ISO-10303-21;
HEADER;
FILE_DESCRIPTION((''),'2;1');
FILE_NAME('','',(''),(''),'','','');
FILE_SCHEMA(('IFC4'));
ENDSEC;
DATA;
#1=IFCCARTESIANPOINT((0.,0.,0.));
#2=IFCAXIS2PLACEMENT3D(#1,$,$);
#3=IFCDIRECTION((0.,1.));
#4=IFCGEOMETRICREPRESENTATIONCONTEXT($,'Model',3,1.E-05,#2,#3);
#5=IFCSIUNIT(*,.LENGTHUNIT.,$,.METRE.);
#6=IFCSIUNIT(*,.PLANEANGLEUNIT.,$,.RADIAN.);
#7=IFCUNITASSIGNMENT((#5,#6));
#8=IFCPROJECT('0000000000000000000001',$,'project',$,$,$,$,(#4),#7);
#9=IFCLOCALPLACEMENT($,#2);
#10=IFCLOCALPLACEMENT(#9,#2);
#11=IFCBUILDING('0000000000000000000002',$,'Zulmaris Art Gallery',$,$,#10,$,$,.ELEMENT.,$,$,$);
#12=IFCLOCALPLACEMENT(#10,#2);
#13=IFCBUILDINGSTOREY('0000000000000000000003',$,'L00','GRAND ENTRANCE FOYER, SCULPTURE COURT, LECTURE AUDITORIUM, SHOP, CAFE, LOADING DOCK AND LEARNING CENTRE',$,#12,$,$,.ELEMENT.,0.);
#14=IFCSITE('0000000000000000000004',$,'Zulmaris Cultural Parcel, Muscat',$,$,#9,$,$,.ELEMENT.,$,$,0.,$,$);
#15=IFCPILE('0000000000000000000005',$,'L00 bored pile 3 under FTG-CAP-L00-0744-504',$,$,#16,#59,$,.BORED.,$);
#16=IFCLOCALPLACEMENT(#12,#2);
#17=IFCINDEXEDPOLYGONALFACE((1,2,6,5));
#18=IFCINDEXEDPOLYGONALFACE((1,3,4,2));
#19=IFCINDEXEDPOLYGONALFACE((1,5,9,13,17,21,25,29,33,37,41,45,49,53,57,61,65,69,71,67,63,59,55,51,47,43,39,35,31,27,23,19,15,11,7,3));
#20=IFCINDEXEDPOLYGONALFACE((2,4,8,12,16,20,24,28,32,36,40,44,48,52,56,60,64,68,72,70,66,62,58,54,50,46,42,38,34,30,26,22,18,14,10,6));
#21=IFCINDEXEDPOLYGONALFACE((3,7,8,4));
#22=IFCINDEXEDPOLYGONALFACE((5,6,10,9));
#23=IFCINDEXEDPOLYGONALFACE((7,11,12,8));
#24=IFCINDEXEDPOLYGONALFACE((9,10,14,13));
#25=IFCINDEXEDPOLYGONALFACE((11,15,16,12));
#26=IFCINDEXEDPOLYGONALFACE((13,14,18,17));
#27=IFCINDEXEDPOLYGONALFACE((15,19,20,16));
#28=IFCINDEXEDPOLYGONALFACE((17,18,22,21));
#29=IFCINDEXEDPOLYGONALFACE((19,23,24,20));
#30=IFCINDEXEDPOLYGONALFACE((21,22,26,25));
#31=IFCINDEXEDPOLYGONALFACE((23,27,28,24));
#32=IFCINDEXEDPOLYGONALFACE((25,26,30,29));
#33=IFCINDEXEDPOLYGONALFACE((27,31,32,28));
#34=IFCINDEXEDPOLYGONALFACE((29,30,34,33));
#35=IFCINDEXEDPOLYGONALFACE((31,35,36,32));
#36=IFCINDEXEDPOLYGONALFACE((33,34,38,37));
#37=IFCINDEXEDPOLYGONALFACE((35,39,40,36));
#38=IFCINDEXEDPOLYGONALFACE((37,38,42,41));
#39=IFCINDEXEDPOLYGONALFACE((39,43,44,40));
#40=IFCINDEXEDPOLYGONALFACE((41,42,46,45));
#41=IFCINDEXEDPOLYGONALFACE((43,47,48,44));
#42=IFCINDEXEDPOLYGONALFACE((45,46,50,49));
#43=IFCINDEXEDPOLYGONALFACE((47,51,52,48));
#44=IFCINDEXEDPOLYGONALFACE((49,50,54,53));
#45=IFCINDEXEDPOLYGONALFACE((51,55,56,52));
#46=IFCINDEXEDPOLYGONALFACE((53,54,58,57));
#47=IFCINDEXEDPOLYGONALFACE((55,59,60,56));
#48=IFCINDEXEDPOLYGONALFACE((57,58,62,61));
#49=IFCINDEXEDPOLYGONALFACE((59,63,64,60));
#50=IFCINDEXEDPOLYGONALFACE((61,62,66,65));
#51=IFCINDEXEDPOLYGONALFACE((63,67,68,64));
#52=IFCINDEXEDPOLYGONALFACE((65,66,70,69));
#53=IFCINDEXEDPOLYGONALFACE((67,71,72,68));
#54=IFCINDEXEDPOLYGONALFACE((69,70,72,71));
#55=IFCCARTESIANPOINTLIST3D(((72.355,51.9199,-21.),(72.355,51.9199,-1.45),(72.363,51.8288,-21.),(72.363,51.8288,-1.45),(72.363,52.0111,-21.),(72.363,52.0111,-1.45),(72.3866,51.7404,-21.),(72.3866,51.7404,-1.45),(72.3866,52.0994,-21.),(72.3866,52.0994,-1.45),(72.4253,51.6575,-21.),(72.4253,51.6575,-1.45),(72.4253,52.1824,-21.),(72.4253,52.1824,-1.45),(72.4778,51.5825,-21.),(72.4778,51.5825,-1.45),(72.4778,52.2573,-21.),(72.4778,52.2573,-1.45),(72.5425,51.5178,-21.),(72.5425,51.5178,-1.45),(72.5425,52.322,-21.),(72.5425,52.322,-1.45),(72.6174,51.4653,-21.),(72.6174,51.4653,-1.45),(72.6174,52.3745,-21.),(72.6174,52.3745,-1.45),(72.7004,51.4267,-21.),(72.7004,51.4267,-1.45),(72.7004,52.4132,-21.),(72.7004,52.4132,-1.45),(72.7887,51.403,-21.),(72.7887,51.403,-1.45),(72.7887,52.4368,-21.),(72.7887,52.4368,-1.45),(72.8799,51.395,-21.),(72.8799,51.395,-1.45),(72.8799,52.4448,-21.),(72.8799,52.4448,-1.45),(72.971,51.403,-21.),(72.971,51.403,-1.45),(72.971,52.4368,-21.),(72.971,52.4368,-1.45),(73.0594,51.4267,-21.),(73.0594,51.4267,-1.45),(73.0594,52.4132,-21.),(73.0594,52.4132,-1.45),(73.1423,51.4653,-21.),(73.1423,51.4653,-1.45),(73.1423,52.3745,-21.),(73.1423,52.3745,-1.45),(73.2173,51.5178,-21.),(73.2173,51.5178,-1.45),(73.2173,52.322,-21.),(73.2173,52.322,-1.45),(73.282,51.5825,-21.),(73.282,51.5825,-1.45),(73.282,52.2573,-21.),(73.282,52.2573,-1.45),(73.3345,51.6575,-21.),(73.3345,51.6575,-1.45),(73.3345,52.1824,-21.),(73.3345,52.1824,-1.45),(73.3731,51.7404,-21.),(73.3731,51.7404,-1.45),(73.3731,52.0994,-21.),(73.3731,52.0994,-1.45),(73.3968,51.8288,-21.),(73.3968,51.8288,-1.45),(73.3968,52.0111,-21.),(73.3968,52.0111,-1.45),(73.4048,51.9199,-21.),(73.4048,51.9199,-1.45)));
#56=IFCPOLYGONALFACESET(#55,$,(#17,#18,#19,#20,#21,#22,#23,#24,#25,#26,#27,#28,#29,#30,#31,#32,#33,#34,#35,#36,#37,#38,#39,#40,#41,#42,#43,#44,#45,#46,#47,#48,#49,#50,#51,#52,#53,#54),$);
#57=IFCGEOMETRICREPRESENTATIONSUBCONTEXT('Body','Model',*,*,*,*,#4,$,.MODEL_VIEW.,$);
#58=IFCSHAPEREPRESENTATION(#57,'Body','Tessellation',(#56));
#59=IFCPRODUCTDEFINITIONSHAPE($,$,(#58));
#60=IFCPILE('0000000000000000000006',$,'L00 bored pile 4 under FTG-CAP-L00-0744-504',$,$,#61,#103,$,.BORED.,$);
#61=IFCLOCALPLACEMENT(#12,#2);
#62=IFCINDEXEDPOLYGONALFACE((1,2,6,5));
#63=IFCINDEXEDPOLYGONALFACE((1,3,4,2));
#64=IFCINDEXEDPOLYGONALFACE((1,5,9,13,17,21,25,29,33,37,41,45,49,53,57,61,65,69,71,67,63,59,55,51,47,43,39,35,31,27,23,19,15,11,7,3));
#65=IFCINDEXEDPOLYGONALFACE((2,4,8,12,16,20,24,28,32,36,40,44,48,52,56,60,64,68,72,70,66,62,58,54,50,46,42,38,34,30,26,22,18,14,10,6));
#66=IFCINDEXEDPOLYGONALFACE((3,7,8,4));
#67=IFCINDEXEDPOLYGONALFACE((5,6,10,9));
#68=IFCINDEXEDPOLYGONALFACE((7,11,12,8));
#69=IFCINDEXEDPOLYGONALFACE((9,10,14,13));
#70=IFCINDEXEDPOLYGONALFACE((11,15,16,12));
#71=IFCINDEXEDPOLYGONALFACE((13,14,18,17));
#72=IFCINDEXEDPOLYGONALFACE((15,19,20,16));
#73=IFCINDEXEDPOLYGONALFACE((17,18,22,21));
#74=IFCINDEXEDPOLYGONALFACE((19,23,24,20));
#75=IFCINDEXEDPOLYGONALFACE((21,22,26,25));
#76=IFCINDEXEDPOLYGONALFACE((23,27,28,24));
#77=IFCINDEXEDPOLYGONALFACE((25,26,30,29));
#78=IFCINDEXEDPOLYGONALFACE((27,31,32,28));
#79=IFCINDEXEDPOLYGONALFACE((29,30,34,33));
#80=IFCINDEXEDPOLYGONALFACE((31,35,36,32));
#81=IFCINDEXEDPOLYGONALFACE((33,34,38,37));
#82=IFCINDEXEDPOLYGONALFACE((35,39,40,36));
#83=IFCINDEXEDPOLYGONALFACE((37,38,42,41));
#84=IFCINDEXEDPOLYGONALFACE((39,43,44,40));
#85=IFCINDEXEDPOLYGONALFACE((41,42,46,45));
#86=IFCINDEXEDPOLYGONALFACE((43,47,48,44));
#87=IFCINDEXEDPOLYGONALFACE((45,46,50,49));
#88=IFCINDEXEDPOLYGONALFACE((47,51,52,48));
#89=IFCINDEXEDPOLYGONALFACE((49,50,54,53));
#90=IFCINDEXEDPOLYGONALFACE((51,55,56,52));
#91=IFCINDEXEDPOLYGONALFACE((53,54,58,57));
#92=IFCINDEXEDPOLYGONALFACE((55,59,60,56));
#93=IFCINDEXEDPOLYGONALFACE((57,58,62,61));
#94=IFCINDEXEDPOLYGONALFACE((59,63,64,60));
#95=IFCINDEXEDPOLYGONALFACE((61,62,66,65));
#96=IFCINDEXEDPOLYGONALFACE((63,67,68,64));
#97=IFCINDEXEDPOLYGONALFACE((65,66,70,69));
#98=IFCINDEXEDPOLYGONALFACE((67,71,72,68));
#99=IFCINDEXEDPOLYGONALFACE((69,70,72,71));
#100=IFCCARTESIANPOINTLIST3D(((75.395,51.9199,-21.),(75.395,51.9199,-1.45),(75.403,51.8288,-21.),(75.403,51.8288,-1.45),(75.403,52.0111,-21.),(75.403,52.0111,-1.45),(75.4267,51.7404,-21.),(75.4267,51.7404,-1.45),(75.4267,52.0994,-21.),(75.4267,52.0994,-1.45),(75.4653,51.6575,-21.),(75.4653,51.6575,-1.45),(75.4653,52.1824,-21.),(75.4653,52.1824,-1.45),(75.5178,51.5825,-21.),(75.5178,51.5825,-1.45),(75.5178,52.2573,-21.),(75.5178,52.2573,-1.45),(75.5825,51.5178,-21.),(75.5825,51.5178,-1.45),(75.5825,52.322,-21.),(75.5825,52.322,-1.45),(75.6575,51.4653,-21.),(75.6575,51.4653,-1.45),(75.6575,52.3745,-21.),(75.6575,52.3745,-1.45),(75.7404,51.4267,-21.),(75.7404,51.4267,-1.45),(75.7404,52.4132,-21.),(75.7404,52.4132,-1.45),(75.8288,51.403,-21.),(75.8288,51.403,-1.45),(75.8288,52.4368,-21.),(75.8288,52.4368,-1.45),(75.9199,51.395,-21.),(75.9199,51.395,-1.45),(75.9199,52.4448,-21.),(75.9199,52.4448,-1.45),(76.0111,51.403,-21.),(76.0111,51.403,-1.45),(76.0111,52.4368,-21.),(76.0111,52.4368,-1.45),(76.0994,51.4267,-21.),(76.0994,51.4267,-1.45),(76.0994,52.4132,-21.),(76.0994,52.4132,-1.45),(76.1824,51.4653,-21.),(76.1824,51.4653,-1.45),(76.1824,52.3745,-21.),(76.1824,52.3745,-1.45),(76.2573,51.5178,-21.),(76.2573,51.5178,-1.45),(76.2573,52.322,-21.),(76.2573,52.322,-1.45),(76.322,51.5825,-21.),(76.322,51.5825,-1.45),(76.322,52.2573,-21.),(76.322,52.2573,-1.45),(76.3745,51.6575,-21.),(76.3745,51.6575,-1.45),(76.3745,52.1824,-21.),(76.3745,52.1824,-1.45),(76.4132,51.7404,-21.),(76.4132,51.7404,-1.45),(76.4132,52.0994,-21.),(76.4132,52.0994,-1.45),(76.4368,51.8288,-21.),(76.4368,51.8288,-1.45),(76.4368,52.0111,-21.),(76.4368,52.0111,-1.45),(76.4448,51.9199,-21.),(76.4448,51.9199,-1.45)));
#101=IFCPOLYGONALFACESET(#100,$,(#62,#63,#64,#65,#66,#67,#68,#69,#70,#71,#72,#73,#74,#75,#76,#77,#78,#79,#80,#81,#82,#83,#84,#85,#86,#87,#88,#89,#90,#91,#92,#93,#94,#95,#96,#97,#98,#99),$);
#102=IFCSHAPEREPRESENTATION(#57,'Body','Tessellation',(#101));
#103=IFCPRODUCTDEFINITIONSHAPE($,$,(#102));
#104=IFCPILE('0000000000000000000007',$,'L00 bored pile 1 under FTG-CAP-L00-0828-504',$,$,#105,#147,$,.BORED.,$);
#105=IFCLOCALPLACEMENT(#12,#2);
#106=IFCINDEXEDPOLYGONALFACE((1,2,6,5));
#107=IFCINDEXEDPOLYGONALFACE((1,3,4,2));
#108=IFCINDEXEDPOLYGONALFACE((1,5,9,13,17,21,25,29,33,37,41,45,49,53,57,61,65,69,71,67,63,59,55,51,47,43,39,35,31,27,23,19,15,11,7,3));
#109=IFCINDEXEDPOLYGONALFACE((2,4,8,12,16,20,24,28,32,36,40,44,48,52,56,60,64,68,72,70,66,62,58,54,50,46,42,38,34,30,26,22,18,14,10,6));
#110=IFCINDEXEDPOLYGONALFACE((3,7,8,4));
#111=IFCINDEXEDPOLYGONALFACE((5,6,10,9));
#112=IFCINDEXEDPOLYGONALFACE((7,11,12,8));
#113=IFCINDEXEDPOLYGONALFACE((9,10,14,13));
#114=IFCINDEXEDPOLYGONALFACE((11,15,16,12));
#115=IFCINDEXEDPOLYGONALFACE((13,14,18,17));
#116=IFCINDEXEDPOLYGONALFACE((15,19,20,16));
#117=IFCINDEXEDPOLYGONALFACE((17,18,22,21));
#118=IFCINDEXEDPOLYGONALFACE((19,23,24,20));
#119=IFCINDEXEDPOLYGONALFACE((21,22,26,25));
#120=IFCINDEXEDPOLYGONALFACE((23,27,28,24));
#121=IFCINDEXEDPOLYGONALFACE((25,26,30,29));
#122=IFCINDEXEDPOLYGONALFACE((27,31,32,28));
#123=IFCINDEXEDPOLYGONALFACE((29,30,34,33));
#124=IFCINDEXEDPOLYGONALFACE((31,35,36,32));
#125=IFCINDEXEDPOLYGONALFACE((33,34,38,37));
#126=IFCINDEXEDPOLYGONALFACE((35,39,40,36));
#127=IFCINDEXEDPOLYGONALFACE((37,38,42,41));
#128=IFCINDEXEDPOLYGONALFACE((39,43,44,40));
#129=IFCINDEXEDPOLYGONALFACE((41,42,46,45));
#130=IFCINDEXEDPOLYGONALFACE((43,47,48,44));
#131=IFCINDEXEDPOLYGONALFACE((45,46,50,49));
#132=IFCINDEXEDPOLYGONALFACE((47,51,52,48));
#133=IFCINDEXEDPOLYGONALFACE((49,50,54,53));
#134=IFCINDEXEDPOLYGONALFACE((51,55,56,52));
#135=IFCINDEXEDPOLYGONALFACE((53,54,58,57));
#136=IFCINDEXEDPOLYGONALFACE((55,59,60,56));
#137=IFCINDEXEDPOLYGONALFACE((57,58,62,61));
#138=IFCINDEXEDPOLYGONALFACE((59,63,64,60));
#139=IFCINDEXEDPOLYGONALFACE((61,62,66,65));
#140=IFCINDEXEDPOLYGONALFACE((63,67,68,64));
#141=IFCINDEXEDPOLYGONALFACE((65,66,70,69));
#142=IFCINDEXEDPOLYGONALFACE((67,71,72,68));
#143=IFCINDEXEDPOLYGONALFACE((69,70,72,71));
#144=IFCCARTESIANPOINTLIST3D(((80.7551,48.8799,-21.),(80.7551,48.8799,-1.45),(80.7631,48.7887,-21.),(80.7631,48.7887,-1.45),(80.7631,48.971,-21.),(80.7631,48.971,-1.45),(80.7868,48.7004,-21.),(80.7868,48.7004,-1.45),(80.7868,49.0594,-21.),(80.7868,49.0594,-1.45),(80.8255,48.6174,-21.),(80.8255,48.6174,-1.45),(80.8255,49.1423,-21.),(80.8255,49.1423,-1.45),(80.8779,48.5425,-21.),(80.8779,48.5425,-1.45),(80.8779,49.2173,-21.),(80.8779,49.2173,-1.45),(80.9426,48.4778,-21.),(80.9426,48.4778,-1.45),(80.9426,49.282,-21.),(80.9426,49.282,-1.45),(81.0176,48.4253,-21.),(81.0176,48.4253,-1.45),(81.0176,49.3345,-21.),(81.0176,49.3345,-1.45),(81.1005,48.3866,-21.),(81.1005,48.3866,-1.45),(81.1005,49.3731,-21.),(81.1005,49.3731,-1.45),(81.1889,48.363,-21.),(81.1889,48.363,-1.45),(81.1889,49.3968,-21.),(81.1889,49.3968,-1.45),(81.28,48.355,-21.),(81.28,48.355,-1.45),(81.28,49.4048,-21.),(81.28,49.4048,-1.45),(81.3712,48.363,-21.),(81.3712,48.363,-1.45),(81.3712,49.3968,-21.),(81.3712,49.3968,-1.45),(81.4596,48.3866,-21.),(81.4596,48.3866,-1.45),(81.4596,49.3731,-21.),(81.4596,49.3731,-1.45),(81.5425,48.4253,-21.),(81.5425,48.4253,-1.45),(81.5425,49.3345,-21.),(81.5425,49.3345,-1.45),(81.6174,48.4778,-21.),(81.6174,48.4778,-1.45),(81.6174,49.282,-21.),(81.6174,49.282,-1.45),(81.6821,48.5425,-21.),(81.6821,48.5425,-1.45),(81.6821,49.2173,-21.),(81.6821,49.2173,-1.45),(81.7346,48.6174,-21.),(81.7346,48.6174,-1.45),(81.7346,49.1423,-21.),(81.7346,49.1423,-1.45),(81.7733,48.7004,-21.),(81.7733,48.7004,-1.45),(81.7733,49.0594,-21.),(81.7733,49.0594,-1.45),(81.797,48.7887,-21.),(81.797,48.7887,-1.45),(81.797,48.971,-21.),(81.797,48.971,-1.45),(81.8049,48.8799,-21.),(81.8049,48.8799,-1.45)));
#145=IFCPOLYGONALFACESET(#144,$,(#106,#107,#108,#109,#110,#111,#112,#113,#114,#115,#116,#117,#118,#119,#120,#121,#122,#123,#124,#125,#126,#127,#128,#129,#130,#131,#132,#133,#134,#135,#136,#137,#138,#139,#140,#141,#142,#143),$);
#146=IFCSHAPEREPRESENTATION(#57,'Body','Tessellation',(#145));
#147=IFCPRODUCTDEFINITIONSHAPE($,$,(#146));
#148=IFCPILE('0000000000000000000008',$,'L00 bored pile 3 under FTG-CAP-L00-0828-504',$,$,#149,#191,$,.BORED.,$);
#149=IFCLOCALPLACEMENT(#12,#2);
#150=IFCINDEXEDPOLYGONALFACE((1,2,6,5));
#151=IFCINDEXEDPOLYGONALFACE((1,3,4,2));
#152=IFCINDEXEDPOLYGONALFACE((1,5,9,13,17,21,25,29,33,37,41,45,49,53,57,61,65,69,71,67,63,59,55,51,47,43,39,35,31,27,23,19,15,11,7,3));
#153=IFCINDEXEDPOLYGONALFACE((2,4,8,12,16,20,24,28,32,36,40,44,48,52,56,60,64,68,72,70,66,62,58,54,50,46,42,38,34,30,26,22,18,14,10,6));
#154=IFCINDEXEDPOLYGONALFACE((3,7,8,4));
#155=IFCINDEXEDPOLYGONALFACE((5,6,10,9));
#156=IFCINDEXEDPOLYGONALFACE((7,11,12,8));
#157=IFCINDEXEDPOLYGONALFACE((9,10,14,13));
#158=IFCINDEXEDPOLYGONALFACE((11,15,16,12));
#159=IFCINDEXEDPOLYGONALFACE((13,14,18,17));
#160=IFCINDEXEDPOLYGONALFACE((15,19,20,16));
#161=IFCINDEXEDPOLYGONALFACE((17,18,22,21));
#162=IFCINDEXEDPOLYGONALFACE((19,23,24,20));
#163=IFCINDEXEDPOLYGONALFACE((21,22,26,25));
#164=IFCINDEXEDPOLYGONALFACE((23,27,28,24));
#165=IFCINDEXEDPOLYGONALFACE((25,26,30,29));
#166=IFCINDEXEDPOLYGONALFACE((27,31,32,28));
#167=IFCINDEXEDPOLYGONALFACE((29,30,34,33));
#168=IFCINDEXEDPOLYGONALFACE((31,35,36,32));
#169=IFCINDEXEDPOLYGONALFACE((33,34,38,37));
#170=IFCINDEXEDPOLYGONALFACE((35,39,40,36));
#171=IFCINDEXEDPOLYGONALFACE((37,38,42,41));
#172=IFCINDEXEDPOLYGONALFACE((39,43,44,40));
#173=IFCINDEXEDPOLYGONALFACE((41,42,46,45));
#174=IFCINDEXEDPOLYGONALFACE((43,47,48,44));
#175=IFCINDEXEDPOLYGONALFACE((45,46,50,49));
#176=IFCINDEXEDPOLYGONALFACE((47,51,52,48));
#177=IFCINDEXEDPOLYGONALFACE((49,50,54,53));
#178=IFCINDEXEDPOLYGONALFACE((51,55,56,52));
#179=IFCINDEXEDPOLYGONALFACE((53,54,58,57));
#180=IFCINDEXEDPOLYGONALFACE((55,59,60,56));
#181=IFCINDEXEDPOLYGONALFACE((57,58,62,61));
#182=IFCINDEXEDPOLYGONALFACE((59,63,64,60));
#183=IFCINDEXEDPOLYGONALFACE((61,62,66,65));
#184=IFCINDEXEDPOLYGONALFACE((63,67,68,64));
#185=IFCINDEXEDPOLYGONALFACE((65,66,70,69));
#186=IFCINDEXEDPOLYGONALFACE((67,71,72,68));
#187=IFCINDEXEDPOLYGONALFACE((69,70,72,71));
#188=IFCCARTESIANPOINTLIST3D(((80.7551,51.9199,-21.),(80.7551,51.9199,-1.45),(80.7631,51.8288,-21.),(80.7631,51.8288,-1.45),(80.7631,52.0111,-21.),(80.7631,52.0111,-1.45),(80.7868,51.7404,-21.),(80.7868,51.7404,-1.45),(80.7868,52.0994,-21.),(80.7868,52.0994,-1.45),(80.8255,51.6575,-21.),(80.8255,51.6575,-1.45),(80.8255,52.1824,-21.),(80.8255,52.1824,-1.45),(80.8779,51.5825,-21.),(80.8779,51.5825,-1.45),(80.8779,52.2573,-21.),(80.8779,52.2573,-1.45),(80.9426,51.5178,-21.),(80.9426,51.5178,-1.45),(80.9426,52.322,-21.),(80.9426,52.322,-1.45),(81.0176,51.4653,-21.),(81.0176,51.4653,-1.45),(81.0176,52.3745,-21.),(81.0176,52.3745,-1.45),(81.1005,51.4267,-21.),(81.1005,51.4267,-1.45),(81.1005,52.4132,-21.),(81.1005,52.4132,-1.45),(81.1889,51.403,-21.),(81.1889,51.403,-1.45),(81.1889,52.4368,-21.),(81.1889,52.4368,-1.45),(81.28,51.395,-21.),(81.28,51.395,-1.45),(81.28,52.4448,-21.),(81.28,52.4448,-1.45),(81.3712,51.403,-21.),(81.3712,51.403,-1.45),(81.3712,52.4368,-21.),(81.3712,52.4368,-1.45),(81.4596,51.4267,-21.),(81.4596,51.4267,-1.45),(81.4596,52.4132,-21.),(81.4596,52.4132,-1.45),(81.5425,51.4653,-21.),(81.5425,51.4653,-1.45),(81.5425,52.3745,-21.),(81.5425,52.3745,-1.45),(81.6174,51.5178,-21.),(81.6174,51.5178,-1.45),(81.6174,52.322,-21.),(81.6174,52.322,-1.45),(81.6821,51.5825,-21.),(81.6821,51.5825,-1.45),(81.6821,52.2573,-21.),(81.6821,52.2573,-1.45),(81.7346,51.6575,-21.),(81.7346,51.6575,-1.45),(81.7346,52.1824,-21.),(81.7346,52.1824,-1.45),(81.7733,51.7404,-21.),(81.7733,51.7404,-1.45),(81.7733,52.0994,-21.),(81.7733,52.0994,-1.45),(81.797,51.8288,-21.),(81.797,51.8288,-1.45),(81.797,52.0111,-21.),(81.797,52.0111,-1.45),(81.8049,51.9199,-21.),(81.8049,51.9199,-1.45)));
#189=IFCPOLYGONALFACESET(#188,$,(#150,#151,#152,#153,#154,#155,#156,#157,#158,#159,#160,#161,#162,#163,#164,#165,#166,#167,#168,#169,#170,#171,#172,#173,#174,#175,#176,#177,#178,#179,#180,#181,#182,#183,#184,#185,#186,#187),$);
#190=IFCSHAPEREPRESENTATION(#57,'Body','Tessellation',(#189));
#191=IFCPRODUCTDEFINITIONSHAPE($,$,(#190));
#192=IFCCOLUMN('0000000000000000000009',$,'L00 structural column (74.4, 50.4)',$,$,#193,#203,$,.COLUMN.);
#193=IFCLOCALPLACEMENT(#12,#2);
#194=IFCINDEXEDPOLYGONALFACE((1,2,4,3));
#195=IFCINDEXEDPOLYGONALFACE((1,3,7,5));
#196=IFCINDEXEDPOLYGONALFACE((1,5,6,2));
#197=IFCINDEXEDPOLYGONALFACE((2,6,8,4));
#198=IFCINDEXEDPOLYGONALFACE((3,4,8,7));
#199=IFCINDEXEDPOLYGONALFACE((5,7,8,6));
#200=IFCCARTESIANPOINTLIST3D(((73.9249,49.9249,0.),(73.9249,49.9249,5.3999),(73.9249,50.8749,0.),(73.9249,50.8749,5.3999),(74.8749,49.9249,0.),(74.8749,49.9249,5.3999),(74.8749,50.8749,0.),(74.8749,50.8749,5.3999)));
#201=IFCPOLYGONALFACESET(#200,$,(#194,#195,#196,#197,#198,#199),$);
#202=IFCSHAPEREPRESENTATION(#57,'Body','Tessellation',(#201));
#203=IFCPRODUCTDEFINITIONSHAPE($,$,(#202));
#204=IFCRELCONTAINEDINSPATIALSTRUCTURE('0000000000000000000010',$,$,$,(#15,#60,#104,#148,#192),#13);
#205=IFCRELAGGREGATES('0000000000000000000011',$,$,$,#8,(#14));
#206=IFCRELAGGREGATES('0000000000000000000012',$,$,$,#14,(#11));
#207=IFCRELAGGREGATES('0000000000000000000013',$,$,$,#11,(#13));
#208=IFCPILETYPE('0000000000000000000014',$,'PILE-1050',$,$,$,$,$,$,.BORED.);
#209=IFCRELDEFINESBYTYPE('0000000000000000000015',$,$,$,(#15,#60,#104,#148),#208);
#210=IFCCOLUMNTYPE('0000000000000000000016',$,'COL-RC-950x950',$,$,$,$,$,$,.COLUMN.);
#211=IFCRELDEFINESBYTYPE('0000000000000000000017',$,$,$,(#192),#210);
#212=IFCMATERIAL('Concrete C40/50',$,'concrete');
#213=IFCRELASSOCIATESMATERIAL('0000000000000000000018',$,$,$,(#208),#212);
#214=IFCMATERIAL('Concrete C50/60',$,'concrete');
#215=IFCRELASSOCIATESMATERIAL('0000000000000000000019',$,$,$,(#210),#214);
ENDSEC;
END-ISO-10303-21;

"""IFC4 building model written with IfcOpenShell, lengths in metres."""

from ifc_helpers import new_model, si_unit, direction, frame, origin, origin_2d, place, context, subcontext, project, spatial, rectangle, circle, extrude, material, material_profile, profile_set, type_object, element, save


model = new_model("IFC4")

# Units and contexts
model_context = context("Model", 3, precision=1e-05, world=origin(), true_north=direction((0.0, 1.0)))
body_context = subcontext(model_context, "Body", "Model", "MODEL_VIEW")
ifc_project = project(units=[si_unit("LENGTHUNIT", "METRE"), si_unit("PLANEANGLEUNIT", "RADIAN")], contexts=[model_context])

# Site, building, storey
site_placement = place(None, origin())
site = spatial("IfcSite", under=ifc_project, at=site_placement, Name="Zulmaris Cultural Parcel, Muscat", CompositionType="ELEMENT", RefElevation=0.0)
building_placement = place(site_placement, origin())
building = spatial("IfcBuilding", under=site, at=building_placement, Name="Zulmaris Art Gallery", CompositionType="ELEMENT")
storey_placement = place(building_placement, origin())
storey = spatial("IfcBuildingStorey", under=building, at=storey_placement, Name="L00", Description="GRAND ENTRANCE FOYER, SCULPTURE COURT, LECTURE AUDITORIUM, SHOP, CAFE, LOADING DOCK AND LEARNING CENTRE", CompositionType="ELEMENT", Elevation=0.0)

# Piles
ifc_material_1 = material(Name="Concrete C40/50", Category="concrete")
ifc_material_profile_1 = material_profile(ifc_material_1, circle(Radius=0.5249, at=origin_2d()), Name="PILE DIA 1050")
ifc_profile_set_1 = profile_set([ifc_material_profile_1], Name="Concrete C40/50")
pile_type = type_object("IfcPileType", Name="PILE-1050", PredefinedType="BORED", material=ifc_profile_set_1)
for number, where, z_axis, x_axis, name in (
    (1, (72.8799, 51.9199, -1.45), (0.0, 0.0, -1.0), (1.0, 0.0, 0.0), "L00 bored pile 3 under FTG-CAP-L00-0744-504"),
    (2, (75.9199, 51.9199, -1.45), (0.0, 0.0, -1.0), (1.0, 0.0, 0.0), "L00 bored pile 4 under FTG-CAP-L00-0744-504"),
    (3, (81.28, 48.8799, -1.45), (0.0, 0.0, -1.0), (1.0, 0.0, 0.0), "L00 bored pile 1 under FTG-CAP-L00-0828-504"),
    (4, (81.28, 51.9199, -1.45), (0.0, 0.0, -1.0), (1.0, 0.0, 0.0), "L00 bored pile 3 under FTG-CAP-L00-0828-504"),
):
    element("IfcPile", number, at=place(storey_placement, frame(where, z_axis=z_axis, x_axis=x_axis)), inside=storey, type_object=pile_type, Name=name, PredefinedType="BORED", context=body_context, shape_type="SweptSolid", body=[
        extrude(circle(Radius=0.5249, at=origin_2d()), origin(), (0.0, 0.0, 1.0), 19.55),
    ])

# Column
ifc_material_2 = material(Name="Concrete C50/60", Category="concrete")
ifc_material_profile_2 = material_profile(ifc_material_2, rectangle(XDim=0.95, YDim=0.95, at=origin_2d()), Name="RC 950x950")
ifc_profile_set_2 = profile_set([ifc_material_profile_2], Name="Concrete C50/60")
column_type = type_object("IfcColumnType", Name="COL-RC-950x950", PredefinedType="COLUMN", material=ifc_profile_set_2)
column_placement = place(storey_placement, frame((74.3999, 50.3999, 0.0), z_axis=(0.0, 0.0, 1.0), x_axis=(1.0, 0.0, 0.0)))
element("IfcColumn", 5, at=column_placement, inside=storey, type_object=column_type, Name="L00 structural column (74.4, 50.4)", PredefinedType="COLUMN", context=body_context, shape_type="SweptSolid", body=[
    extrude(rectangle(XDim=0.95, YDim=0.95, at=origin_2d()), origin(), (0.0, 0.0, 1.0), 5.3999),
])

save(model, "model.ifc")
